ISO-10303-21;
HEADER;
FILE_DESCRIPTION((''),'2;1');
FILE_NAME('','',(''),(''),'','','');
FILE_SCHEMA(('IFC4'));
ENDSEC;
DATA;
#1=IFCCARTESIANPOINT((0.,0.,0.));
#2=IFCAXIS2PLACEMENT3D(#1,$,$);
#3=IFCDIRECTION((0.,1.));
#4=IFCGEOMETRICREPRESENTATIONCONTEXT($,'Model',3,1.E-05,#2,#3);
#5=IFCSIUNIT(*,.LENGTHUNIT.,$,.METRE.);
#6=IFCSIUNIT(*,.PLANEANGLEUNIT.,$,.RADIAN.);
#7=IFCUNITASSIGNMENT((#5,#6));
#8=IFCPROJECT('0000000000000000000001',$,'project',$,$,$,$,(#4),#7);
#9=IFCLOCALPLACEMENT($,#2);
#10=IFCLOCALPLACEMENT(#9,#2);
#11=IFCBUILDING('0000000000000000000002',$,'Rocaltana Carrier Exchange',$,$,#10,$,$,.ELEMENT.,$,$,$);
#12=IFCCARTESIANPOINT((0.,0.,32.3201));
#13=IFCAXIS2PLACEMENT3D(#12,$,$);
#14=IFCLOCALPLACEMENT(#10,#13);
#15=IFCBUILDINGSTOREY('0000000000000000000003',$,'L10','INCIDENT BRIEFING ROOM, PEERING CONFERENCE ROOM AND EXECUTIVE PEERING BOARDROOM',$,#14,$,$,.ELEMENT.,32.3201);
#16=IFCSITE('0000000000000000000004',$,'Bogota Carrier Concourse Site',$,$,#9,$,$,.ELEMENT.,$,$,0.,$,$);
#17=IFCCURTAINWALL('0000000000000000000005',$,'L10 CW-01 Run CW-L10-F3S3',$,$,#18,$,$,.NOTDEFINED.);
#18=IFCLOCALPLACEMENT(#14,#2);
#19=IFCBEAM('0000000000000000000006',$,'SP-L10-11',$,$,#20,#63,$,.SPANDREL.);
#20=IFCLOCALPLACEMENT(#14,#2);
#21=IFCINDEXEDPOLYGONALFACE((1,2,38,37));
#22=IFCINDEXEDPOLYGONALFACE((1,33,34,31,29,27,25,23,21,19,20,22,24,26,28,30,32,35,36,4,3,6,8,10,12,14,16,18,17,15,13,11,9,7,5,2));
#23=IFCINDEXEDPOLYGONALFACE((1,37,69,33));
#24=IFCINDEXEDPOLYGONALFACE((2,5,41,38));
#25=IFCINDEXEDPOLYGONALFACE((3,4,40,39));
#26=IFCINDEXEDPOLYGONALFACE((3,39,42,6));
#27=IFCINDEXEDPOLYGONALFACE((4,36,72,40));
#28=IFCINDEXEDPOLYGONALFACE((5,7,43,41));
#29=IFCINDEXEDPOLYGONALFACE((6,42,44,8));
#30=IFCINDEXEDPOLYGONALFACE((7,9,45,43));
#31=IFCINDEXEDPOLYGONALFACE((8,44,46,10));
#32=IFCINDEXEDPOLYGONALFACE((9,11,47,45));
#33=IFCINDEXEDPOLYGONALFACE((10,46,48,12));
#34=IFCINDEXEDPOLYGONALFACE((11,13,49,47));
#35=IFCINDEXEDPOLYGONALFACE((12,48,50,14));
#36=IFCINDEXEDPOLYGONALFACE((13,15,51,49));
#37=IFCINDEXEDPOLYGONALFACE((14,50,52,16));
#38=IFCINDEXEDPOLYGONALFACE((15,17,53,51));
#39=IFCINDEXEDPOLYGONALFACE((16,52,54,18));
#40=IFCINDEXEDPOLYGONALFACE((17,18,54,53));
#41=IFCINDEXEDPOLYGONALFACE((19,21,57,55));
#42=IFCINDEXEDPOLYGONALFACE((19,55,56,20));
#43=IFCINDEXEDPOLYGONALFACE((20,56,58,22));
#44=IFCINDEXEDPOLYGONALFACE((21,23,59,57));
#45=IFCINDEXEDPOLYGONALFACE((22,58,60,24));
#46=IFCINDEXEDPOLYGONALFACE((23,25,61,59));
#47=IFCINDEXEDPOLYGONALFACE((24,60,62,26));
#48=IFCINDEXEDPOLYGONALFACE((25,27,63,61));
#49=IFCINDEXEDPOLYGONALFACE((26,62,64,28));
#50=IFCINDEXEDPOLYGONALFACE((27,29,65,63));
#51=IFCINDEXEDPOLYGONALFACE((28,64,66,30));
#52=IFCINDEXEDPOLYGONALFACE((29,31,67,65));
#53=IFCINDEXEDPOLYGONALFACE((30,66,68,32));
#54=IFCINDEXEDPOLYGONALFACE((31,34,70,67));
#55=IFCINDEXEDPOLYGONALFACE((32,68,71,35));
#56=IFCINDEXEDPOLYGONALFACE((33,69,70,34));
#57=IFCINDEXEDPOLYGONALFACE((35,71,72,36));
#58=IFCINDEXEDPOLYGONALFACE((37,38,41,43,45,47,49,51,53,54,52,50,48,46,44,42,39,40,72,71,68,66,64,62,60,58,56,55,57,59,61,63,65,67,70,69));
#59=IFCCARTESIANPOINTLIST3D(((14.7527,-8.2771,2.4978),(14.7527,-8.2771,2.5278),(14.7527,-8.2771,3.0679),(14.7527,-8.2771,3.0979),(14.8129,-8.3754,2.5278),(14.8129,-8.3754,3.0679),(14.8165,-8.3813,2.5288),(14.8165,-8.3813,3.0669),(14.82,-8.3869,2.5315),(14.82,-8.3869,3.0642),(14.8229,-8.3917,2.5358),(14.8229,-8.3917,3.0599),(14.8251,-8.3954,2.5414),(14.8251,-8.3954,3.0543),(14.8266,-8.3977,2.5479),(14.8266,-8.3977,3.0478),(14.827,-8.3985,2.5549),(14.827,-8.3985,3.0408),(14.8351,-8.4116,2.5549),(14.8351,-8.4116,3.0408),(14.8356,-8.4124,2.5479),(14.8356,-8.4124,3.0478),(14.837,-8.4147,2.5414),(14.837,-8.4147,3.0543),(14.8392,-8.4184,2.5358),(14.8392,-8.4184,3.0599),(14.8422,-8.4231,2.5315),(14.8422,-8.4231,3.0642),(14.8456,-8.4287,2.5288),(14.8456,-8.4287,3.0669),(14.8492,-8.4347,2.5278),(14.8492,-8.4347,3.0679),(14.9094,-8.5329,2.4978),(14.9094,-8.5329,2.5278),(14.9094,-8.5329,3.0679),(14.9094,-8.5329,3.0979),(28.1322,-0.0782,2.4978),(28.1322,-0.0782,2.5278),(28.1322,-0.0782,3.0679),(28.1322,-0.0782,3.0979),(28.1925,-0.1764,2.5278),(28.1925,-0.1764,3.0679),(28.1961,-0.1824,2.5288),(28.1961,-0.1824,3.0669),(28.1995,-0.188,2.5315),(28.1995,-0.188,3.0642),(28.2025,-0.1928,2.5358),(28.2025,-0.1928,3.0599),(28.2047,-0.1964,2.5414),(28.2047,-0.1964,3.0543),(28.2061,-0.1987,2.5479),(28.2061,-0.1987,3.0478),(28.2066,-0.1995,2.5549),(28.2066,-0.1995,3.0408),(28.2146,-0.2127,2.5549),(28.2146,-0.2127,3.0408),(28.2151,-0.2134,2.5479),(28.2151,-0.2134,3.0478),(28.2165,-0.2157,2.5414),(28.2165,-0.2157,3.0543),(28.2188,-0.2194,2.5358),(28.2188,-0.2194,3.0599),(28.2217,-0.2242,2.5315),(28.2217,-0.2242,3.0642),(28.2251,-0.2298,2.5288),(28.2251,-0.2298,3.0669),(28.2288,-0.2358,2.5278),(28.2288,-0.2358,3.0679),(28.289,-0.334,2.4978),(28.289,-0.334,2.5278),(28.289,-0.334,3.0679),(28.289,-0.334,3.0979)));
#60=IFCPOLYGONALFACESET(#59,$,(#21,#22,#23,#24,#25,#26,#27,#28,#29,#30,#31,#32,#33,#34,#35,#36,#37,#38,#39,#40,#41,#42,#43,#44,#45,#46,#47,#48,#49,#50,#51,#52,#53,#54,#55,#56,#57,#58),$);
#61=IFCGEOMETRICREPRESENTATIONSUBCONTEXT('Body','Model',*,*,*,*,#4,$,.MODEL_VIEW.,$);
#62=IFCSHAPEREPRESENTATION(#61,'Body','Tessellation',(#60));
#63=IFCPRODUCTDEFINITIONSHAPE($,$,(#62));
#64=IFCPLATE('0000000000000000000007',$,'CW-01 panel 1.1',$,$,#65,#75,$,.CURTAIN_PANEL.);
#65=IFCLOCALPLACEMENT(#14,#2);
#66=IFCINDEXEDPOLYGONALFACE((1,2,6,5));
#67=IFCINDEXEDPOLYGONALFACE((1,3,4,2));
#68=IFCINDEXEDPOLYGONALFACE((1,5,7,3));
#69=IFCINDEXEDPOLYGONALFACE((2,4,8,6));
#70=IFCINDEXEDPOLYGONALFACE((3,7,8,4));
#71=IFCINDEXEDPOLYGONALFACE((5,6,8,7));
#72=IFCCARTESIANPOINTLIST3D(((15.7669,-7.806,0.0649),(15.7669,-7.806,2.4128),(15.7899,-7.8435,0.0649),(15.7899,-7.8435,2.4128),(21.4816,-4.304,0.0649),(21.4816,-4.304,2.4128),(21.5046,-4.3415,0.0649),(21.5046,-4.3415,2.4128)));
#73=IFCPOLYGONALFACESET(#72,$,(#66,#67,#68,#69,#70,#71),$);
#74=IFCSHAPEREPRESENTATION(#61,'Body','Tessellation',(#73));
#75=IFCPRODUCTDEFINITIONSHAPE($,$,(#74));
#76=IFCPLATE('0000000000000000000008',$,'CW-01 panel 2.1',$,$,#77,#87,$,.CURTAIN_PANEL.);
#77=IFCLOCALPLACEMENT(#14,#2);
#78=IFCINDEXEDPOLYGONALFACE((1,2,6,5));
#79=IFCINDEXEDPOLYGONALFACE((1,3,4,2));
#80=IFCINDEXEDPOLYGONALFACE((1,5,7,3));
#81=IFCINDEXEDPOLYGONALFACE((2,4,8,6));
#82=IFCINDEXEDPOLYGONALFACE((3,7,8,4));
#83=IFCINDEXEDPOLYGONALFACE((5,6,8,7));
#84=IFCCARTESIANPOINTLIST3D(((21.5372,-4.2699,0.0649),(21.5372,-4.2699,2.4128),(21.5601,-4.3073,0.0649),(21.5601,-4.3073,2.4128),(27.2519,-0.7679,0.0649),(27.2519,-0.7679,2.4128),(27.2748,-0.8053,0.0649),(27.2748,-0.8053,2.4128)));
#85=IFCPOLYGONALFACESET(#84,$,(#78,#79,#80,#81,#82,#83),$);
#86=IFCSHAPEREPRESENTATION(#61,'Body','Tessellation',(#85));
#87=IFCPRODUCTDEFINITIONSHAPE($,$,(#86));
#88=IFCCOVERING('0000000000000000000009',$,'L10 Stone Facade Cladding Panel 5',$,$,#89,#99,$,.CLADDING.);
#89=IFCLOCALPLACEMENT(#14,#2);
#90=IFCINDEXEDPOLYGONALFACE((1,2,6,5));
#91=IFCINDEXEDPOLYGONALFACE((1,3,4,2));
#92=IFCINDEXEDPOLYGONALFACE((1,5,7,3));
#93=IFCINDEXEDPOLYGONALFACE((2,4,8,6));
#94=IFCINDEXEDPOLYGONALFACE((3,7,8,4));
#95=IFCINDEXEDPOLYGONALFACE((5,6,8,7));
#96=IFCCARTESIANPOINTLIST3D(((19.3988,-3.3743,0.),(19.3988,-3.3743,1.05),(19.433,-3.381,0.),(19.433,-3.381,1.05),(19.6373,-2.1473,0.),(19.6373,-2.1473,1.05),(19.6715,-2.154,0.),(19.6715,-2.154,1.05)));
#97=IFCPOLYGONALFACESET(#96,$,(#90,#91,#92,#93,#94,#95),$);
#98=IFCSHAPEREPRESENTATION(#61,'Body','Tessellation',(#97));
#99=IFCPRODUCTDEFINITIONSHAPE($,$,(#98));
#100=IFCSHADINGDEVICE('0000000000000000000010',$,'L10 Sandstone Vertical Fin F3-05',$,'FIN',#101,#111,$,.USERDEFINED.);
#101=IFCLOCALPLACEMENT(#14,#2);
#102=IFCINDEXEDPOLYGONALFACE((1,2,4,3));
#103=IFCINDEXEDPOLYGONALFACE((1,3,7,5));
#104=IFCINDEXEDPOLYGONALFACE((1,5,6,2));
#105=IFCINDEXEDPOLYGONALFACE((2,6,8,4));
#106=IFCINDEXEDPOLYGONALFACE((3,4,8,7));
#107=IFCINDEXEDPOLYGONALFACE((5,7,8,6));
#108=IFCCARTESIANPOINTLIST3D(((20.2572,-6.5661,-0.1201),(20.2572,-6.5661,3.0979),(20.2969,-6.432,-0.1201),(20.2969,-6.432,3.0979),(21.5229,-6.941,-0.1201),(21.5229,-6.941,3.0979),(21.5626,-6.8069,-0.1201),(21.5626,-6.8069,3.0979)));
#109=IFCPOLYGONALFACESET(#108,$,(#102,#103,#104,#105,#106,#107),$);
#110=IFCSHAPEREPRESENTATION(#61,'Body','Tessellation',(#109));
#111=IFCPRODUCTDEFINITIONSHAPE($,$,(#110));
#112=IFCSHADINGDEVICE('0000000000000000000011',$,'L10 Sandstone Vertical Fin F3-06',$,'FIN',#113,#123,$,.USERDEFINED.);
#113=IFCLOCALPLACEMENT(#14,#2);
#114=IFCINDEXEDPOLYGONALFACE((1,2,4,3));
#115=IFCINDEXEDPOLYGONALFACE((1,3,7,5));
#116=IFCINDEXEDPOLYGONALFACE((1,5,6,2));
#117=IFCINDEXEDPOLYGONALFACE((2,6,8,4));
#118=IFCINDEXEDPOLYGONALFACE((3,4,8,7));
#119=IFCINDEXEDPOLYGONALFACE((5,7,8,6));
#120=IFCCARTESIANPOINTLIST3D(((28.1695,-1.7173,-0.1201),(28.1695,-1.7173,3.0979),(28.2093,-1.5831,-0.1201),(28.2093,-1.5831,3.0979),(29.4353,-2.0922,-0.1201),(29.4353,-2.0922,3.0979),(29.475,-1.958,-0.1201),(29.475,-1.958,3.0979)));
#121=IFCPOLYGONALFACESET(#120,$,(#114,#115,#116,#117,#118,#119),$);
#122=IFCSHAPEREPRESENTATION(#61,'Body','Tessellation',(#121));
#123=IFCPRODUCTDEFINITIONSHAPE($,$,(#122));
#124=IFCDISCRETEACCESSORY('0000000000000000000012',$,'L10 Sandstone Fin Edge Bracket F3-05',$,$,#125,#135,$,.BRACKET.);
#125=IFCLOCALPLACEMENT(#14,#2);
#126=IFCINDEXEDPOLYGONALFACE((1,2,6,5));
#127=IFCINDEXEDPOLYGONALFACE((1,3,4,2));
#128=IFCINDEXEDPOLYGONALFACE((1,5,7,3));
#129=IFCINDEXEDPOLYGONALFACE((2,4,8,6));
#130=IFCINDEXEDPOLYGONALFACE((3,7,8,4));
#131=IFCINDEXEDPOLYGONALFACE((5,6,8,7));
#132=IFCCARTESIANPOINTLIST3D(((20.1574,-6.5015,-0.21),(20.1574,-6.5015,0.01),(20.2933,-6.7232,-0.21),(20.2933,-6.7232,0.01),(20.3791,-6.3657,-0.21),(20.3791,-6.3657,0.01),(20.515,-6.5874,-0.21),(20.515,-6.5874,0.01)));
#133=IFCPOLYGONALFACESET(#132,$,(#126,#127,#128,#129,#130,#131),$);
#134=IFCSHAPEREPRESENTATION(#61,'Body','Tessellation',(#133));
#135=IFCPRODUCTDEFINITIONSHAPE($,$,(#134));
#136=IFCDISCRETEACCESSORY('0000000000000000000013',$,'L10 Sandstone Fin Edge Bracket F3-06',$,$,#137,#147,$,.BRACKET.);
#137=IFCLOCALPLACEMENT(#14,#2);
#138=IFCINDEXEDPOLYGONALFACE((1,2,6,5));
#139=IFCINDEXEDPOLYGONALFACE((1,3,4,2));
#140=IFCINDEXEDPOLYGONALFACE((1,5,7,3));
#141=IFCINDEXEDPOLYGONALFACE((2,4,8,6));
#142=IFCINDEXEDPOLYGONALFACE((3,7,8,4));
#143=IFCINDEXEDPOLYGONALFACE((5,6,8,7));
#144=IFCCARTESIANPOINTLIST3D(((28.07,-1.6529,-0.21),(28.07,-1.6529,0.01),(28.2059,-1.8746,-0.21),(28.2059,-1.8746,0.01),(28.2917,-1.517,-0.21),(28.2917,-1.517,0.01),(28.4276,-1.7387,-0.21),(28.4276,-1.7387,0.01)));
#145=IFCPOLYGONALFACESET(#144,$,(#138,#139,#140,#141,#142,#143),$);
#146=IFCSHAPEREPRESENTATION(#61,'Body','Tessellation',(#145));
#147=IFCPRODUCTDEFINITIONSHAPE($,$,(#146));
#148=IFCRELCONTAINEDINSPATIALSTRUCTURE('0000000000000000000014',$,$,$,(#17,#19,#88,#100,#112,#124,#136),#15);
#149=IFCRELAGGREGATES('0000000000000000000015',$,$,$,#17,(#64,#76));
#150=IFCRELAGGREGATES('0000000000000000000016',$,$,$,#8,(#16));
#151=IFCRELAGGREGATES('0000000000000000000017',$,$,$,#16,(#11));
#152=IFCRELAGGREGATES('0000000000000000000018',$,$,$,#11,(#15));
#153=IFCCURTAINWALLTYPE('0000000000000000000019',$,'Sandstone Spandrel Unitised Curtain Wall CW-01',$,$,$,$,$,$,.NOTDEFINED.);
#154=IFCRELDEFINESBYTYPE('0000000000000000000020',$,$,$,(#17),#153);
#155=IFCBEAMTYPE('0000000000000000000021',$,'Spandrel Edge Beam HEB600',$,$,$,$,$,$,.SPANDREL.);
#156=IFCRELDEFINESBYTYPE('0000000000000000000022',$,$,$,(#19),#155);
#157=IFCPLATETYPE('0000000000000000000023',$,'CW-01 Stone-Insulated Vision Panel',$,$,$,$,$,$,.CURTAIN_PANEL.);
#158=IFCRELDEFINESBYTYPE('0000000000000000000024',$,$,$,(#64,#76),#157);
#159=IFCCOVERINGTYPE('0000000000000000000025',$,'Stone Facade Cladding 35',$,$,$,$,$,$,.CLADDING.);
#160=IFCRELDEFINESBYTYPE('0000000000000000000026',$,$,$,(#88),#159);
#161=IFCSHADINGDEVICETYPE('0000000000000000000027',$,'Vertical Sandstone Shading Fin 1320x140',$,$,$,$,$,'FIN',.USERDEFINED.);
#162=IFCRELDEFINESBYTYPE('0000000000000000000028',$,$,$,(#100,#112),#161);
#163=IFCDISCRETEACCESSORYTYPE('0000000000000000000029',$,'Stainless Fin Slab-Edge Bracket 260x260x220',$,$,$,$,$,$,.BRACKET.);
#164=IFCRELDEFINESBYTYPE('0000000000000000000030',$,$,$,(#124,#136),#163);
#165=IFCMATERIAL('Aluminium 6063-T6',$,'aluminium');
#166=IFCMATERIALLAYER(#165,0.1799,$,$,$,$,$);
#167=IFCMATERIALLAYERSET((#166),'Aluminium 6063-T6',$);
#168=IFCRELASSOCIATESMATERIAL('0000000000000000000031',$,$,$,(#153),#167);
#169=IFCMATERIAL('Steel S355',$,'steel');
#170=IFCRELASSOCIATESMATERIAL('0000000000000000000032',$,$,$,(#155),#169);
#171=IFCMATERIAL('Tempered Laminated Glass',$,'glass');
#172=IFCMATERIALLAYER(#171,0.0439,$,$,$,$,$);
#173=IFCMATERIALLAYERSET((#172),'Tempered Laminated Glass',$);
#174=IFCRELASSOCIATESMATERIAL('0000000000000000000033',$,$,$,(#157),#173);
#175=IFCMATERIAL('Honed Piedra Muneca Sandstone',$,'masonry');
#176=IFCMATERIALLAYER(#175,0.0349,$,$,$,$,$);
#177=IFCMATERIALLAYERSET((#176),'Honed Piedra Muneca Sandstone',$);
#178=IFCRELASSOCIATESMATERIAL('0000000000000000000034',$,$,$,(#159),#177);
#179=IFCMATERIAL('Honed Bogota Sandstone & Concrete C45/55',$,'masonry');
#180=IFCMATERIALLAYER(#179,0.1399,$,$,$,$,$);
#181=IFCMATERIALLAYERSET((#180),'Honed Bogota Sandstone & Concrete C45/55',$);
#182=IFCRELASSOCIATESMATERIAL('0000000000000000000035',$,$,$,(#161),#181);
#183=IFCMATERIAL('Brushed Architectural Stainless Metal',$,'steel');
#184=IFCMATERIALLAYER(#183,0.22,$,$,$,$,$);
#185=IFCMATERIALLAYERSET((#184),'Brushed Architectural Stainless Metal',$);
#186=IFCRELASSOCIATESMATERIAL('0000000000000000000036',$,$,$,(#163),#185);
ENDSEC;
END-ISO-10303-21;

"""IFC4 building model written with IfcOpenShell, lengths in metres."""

from ifc_helpers import new_model, si_unit, direction, frame, origin, origin_2d, place, context, subcontext, project, spatial, rectangle, i_section, extrude, material, layer, layer_set, material_profile, profile_set, type_object, element, aggregate, save


model = new_model("IFC4")

# Units and contexts
model_context = context("Model", 3, precision=1e-05, world=origin(), true_north=direction((0.0, 1.0)))
body_context = subcontext(model_context, "Body", "Model", "MODEL_VIEW")
ifc_project = project(units=[si_unit("LENGTHUNIT", "METRE"), si_unit("PLANEANGLEUNIT", "RADIAN")], contexts=[model_context])

# Site, building, storey
site_placement = place(None, origin())
site = spatial("IfcSite", under=ifc_project, at=site_placement, Name="Bogota Carrier Concourse Site", CompositionType="ELEMENT", RefElevation=0.0)
building_placement = place(site_placement, origin())
building = spatial("IfcBuilding", under=site, at=building_placement, Name="Rocaltana Carrier Exchange", CompositionType="ELEMENT")
storey_placement = place(building_placement, frame((0.0, 0.0, 32.3201)))
storey = spatial("IfcBuildingStorey", under=building, at=storey_placement, Name="L10", Description="INCIDENT BRIEFING ROOM, PEERING CONFERENCE ROOM AND EXECUTIVE PEERING BOARDROOM", CompositionType="ELEMENT", Elevation=32.3201)

# Curtain wall
ifc_material_1 = material(Name="Aluminium 6063-T6", Category="aluminium")
ifc_layer_1 = layer(ifc_material_1, 0.1799)
ifc_layer_set_1 = layer_set([ifc_layer_1], Name="Aluminium 6063-T6")
curtain_wall_type = type_object("IfcCurtainWallType", Name="Sandstone Spandrel Unitised Curtain Wall CW-01", PredefinedType="NOTDEFINED", material=ifc_layer_set_1)
curtain_wall_placement = place(storey_placement, origin())
curtain_wall = element("IfcCurtainWall", 1, at=curtain_wall_placement, inside=storey, type_object=curtain_wall_type, Name="L10 CW-01 Run CW-L10-F3S3", PredefinedType="NOTDEFINED")

# Beam
ifc_material_2 = material(Name="Steel S355", Category="steel")
ifc_material_profile_1 = material_profile(ifc_material_2, i_section(OverallWidth=0.3, OverallDepth=0.6001, WebThickness=0.0154, FlangeThickness=0.03, FilletRadius=0.0271, at=origin_2d()), Name="HEB600")
ifc_profile_set_1 = profile_set([ifc_material_profile_1], Name="Steel S355")
beam_type_1 = type_object("IfcBeamType", Name="Spandrel Edge Beam HEB600", PredefinedType="SPANDREL", material=ifc_profile_set_1)
beam_1_placement = place(storey_placement, frame((14.8311, -8.405, 2.7979), z_axis=(0.852642, 0.522495, 0.0), x_axis=(-0.522495, 0.852642, 0.0)))
element("IfcBeam", 2, at=beam_1_placement, inside=storey, type_object=beam_type_1, Name="SP-L10-11", PredefinedType="SPANDREL", context=body_context, shape_type="SweptSolid", body=[
    extrude(i_section(OverallWidth=0.3, OverallDepth=0.6001, WebThickness=0.0154, FlangeThickness=0.03, FilletRadius=0.0271, at=origin_2d()), origin(), (0.0, 0.0, 1.0), 15.6919),
])

# Plates
ifc_material_3 = material(Name="Tempered Laminated Glass", Category="glass")
ifc_layer_2 = layer(ifc_material_3, 0.0439)
ifc_layer_set_2 = layer_set([ifc_layer_2], Name="Tempered Laminated Glass")
plate_type = type_object("IfcPlateType", Name="CW-01 Stone-Insulated Vision Panel", PredefinedType="CURTAIN_PANEL", material=ifc_layer_set_2)
plate_1_placement = place(storey_placement, frame((18.6357, -6.0737, 0.0649), z_axis=(0.0, 0.0, 1.0), x_axis=(0.852639, 0.5225, 0.0)))
plate_1 = element("IfcPlate", 3, at=plate_1_placement, type_object=plate_type, Name="CW-01 panel 1.1", PredefinedType="CURTAIN_PANEL", context=body_context, shape_type="SweptSolid", body=[
    extrude(rectangle(XDim=6.7024, YDim=0.0439, at=origin_2d()), origin(), (0.0, 0.0, 1.0), 2.3479),
])
plate_2_placement = place(storey_placement, frame((24.406, -2.5376, 0.0649), z_axis=(0.0, 0.0, 1.0), x_axis=(0.852639, 0.5225, 0.0)))
plate_2 = element("IfcPlate", 4, at=plate_2_placement, type_object=plate_type, Name="CW-01 panel 2.1", PredefinedType="CURTAIN_PANEL", context=body_context, shape_type="SweptSolid", body=[
    extrude(rectangle(XDim=6.7024, YDim=0.0439, at=origin_2d()), origin(), (0.0, 0.0, 1.0), 2.3479),
])
aggregate(curtain_wall, [plate_1, plate_2])

# Covering
ifc_material_4 = material(Name="Honed Piedra Muneca Sandstone", Category="masonry")
ifc_layer_3 = layer(ifc_material_4, 0.0349)
ifc_layer_set_3 = layer_set([ifc_layer_3], Name="Honed Piedra Muneca Sandstone")
covering_type = type_object("IfcCoveringType", Name="Stone Facade Cladding 35", PredefinedType="CLADDING", material=ifc_layer_set_3)
covering_placement = place(storey_placement, frame((19.5352, -2.7642, 0.0), z_axis=(0.0, 0.0, 1.0), x_axis=(0.190809, 0.981627, 0.0)))
element("IfcCovering", 5, at=covering_placement, inside=storey, type_object=covering_type, Name="L10 Stone Facade Cladding Panel 5", PredefinedType="CLADDING", context=body_context, shape_type="SweptSolid", body=[
    extrude(rectangle(XDim=1.25, YDim=0.0349, at=origin_2d()), origin(), (0.0, 0.0, 1.0), 1.05),
])

# Shading devices
ifc_material_5 = material(Name="Honed Bogota Sandstone & Concrete C45/55", Category="masonry")
ifc_layer_4 = layer(ifc_material_5, 0.1399)
ifc_layer_set_4 = layer_set([ifc_layer_4], Name="Honed Bogota Sandstone & Concrete C45/55")
shading_device_type = type_object("IfcShadingDeviceType", Name="Vertical Sandstone Shading Fin 1320x140", ElementType="FIN", PredefinedType="USERDEFINED", material=ifc_layer_set_4)
for number, where, z_axis, x_axis, name in (
    (6, (20.9099, -6.6865, -0.1201), (0.0, 0.0, 1.0), (0.95882, -0.284015, 0.0), "L10 Sandstone Vertical Fin F3-05"),
    (7, (28.8223, -1.8376, -0.1201), (0.0, 0.0, 1.0), (0.95882, -0.284015, 0.0), "L10 Sandstone Vertical Fin F3-06"),
):
    element("IfcShadingDevice", number, at=place(storey_placement, frame(where, z_axis=z_axis, x_axis=x_axis)), inside=storey, type_object=shading_device_type, Name=name, ObjectType="FIN", PredefinedType="USERDEFINED", context=body_context, shape_type="SweptSolid", body=[
        extrude(rectangle(XDim=1.3201, YDim=0.1399, at=origin_2d()), origin(), (0.0, 0.0, 1.0), 3.218),
    ])

# Discrete accessories
ifc_material_6 = material(Name="Brushed Architectural Stainless Metal", Category="steel")
ifc_layer_5 = layer(ifc_material_6, 0.22)
ifc_layer_set_5 = layer_set([ifc_layer_5], Name="Brushed Architectural Stainless Metal")
discrete_accessory_type = type_object("IfcDiscreteAccessoryType", Name="Stainless Fin Slab-Edge Bracket 260x260x220", PredefinedType="BRACKET", material=ifc_layer_set_5)
for number, where, z_axis, x_axis, name in (
    (8, (20.3362, -6.5444, -0.21), (0.0, 0.0, 1.0), (0.85264, 0.522499, 0.0), "L10 Sandstone Fin Edge Bracket F3-05"),
    (9, (28.2488, -1.6958, -0.21), (0.0, 0.0, 1.0), (0.85264, 0.522499, 0.0), "L10 Sandstone Fin Edge Bracket F3-06"),
):
    element("IfcDiscreteAccessory", number, at=place(storey_placement, frame(where, z_axis=z_axis, x_axis=x_axis)), inside=storey, type_object=discrete_accessory_type, Name=name, PredefinedType="BRACKET", context=body_context, shape_type="SweptSolid", body=[
        extrude(rectangle(XDim=0.26, YDim=0.26, at=origin_2d()), origin(), (0.0, 0.0, 1.0), 0.22),
    ])

save(model, "model.ifc")
